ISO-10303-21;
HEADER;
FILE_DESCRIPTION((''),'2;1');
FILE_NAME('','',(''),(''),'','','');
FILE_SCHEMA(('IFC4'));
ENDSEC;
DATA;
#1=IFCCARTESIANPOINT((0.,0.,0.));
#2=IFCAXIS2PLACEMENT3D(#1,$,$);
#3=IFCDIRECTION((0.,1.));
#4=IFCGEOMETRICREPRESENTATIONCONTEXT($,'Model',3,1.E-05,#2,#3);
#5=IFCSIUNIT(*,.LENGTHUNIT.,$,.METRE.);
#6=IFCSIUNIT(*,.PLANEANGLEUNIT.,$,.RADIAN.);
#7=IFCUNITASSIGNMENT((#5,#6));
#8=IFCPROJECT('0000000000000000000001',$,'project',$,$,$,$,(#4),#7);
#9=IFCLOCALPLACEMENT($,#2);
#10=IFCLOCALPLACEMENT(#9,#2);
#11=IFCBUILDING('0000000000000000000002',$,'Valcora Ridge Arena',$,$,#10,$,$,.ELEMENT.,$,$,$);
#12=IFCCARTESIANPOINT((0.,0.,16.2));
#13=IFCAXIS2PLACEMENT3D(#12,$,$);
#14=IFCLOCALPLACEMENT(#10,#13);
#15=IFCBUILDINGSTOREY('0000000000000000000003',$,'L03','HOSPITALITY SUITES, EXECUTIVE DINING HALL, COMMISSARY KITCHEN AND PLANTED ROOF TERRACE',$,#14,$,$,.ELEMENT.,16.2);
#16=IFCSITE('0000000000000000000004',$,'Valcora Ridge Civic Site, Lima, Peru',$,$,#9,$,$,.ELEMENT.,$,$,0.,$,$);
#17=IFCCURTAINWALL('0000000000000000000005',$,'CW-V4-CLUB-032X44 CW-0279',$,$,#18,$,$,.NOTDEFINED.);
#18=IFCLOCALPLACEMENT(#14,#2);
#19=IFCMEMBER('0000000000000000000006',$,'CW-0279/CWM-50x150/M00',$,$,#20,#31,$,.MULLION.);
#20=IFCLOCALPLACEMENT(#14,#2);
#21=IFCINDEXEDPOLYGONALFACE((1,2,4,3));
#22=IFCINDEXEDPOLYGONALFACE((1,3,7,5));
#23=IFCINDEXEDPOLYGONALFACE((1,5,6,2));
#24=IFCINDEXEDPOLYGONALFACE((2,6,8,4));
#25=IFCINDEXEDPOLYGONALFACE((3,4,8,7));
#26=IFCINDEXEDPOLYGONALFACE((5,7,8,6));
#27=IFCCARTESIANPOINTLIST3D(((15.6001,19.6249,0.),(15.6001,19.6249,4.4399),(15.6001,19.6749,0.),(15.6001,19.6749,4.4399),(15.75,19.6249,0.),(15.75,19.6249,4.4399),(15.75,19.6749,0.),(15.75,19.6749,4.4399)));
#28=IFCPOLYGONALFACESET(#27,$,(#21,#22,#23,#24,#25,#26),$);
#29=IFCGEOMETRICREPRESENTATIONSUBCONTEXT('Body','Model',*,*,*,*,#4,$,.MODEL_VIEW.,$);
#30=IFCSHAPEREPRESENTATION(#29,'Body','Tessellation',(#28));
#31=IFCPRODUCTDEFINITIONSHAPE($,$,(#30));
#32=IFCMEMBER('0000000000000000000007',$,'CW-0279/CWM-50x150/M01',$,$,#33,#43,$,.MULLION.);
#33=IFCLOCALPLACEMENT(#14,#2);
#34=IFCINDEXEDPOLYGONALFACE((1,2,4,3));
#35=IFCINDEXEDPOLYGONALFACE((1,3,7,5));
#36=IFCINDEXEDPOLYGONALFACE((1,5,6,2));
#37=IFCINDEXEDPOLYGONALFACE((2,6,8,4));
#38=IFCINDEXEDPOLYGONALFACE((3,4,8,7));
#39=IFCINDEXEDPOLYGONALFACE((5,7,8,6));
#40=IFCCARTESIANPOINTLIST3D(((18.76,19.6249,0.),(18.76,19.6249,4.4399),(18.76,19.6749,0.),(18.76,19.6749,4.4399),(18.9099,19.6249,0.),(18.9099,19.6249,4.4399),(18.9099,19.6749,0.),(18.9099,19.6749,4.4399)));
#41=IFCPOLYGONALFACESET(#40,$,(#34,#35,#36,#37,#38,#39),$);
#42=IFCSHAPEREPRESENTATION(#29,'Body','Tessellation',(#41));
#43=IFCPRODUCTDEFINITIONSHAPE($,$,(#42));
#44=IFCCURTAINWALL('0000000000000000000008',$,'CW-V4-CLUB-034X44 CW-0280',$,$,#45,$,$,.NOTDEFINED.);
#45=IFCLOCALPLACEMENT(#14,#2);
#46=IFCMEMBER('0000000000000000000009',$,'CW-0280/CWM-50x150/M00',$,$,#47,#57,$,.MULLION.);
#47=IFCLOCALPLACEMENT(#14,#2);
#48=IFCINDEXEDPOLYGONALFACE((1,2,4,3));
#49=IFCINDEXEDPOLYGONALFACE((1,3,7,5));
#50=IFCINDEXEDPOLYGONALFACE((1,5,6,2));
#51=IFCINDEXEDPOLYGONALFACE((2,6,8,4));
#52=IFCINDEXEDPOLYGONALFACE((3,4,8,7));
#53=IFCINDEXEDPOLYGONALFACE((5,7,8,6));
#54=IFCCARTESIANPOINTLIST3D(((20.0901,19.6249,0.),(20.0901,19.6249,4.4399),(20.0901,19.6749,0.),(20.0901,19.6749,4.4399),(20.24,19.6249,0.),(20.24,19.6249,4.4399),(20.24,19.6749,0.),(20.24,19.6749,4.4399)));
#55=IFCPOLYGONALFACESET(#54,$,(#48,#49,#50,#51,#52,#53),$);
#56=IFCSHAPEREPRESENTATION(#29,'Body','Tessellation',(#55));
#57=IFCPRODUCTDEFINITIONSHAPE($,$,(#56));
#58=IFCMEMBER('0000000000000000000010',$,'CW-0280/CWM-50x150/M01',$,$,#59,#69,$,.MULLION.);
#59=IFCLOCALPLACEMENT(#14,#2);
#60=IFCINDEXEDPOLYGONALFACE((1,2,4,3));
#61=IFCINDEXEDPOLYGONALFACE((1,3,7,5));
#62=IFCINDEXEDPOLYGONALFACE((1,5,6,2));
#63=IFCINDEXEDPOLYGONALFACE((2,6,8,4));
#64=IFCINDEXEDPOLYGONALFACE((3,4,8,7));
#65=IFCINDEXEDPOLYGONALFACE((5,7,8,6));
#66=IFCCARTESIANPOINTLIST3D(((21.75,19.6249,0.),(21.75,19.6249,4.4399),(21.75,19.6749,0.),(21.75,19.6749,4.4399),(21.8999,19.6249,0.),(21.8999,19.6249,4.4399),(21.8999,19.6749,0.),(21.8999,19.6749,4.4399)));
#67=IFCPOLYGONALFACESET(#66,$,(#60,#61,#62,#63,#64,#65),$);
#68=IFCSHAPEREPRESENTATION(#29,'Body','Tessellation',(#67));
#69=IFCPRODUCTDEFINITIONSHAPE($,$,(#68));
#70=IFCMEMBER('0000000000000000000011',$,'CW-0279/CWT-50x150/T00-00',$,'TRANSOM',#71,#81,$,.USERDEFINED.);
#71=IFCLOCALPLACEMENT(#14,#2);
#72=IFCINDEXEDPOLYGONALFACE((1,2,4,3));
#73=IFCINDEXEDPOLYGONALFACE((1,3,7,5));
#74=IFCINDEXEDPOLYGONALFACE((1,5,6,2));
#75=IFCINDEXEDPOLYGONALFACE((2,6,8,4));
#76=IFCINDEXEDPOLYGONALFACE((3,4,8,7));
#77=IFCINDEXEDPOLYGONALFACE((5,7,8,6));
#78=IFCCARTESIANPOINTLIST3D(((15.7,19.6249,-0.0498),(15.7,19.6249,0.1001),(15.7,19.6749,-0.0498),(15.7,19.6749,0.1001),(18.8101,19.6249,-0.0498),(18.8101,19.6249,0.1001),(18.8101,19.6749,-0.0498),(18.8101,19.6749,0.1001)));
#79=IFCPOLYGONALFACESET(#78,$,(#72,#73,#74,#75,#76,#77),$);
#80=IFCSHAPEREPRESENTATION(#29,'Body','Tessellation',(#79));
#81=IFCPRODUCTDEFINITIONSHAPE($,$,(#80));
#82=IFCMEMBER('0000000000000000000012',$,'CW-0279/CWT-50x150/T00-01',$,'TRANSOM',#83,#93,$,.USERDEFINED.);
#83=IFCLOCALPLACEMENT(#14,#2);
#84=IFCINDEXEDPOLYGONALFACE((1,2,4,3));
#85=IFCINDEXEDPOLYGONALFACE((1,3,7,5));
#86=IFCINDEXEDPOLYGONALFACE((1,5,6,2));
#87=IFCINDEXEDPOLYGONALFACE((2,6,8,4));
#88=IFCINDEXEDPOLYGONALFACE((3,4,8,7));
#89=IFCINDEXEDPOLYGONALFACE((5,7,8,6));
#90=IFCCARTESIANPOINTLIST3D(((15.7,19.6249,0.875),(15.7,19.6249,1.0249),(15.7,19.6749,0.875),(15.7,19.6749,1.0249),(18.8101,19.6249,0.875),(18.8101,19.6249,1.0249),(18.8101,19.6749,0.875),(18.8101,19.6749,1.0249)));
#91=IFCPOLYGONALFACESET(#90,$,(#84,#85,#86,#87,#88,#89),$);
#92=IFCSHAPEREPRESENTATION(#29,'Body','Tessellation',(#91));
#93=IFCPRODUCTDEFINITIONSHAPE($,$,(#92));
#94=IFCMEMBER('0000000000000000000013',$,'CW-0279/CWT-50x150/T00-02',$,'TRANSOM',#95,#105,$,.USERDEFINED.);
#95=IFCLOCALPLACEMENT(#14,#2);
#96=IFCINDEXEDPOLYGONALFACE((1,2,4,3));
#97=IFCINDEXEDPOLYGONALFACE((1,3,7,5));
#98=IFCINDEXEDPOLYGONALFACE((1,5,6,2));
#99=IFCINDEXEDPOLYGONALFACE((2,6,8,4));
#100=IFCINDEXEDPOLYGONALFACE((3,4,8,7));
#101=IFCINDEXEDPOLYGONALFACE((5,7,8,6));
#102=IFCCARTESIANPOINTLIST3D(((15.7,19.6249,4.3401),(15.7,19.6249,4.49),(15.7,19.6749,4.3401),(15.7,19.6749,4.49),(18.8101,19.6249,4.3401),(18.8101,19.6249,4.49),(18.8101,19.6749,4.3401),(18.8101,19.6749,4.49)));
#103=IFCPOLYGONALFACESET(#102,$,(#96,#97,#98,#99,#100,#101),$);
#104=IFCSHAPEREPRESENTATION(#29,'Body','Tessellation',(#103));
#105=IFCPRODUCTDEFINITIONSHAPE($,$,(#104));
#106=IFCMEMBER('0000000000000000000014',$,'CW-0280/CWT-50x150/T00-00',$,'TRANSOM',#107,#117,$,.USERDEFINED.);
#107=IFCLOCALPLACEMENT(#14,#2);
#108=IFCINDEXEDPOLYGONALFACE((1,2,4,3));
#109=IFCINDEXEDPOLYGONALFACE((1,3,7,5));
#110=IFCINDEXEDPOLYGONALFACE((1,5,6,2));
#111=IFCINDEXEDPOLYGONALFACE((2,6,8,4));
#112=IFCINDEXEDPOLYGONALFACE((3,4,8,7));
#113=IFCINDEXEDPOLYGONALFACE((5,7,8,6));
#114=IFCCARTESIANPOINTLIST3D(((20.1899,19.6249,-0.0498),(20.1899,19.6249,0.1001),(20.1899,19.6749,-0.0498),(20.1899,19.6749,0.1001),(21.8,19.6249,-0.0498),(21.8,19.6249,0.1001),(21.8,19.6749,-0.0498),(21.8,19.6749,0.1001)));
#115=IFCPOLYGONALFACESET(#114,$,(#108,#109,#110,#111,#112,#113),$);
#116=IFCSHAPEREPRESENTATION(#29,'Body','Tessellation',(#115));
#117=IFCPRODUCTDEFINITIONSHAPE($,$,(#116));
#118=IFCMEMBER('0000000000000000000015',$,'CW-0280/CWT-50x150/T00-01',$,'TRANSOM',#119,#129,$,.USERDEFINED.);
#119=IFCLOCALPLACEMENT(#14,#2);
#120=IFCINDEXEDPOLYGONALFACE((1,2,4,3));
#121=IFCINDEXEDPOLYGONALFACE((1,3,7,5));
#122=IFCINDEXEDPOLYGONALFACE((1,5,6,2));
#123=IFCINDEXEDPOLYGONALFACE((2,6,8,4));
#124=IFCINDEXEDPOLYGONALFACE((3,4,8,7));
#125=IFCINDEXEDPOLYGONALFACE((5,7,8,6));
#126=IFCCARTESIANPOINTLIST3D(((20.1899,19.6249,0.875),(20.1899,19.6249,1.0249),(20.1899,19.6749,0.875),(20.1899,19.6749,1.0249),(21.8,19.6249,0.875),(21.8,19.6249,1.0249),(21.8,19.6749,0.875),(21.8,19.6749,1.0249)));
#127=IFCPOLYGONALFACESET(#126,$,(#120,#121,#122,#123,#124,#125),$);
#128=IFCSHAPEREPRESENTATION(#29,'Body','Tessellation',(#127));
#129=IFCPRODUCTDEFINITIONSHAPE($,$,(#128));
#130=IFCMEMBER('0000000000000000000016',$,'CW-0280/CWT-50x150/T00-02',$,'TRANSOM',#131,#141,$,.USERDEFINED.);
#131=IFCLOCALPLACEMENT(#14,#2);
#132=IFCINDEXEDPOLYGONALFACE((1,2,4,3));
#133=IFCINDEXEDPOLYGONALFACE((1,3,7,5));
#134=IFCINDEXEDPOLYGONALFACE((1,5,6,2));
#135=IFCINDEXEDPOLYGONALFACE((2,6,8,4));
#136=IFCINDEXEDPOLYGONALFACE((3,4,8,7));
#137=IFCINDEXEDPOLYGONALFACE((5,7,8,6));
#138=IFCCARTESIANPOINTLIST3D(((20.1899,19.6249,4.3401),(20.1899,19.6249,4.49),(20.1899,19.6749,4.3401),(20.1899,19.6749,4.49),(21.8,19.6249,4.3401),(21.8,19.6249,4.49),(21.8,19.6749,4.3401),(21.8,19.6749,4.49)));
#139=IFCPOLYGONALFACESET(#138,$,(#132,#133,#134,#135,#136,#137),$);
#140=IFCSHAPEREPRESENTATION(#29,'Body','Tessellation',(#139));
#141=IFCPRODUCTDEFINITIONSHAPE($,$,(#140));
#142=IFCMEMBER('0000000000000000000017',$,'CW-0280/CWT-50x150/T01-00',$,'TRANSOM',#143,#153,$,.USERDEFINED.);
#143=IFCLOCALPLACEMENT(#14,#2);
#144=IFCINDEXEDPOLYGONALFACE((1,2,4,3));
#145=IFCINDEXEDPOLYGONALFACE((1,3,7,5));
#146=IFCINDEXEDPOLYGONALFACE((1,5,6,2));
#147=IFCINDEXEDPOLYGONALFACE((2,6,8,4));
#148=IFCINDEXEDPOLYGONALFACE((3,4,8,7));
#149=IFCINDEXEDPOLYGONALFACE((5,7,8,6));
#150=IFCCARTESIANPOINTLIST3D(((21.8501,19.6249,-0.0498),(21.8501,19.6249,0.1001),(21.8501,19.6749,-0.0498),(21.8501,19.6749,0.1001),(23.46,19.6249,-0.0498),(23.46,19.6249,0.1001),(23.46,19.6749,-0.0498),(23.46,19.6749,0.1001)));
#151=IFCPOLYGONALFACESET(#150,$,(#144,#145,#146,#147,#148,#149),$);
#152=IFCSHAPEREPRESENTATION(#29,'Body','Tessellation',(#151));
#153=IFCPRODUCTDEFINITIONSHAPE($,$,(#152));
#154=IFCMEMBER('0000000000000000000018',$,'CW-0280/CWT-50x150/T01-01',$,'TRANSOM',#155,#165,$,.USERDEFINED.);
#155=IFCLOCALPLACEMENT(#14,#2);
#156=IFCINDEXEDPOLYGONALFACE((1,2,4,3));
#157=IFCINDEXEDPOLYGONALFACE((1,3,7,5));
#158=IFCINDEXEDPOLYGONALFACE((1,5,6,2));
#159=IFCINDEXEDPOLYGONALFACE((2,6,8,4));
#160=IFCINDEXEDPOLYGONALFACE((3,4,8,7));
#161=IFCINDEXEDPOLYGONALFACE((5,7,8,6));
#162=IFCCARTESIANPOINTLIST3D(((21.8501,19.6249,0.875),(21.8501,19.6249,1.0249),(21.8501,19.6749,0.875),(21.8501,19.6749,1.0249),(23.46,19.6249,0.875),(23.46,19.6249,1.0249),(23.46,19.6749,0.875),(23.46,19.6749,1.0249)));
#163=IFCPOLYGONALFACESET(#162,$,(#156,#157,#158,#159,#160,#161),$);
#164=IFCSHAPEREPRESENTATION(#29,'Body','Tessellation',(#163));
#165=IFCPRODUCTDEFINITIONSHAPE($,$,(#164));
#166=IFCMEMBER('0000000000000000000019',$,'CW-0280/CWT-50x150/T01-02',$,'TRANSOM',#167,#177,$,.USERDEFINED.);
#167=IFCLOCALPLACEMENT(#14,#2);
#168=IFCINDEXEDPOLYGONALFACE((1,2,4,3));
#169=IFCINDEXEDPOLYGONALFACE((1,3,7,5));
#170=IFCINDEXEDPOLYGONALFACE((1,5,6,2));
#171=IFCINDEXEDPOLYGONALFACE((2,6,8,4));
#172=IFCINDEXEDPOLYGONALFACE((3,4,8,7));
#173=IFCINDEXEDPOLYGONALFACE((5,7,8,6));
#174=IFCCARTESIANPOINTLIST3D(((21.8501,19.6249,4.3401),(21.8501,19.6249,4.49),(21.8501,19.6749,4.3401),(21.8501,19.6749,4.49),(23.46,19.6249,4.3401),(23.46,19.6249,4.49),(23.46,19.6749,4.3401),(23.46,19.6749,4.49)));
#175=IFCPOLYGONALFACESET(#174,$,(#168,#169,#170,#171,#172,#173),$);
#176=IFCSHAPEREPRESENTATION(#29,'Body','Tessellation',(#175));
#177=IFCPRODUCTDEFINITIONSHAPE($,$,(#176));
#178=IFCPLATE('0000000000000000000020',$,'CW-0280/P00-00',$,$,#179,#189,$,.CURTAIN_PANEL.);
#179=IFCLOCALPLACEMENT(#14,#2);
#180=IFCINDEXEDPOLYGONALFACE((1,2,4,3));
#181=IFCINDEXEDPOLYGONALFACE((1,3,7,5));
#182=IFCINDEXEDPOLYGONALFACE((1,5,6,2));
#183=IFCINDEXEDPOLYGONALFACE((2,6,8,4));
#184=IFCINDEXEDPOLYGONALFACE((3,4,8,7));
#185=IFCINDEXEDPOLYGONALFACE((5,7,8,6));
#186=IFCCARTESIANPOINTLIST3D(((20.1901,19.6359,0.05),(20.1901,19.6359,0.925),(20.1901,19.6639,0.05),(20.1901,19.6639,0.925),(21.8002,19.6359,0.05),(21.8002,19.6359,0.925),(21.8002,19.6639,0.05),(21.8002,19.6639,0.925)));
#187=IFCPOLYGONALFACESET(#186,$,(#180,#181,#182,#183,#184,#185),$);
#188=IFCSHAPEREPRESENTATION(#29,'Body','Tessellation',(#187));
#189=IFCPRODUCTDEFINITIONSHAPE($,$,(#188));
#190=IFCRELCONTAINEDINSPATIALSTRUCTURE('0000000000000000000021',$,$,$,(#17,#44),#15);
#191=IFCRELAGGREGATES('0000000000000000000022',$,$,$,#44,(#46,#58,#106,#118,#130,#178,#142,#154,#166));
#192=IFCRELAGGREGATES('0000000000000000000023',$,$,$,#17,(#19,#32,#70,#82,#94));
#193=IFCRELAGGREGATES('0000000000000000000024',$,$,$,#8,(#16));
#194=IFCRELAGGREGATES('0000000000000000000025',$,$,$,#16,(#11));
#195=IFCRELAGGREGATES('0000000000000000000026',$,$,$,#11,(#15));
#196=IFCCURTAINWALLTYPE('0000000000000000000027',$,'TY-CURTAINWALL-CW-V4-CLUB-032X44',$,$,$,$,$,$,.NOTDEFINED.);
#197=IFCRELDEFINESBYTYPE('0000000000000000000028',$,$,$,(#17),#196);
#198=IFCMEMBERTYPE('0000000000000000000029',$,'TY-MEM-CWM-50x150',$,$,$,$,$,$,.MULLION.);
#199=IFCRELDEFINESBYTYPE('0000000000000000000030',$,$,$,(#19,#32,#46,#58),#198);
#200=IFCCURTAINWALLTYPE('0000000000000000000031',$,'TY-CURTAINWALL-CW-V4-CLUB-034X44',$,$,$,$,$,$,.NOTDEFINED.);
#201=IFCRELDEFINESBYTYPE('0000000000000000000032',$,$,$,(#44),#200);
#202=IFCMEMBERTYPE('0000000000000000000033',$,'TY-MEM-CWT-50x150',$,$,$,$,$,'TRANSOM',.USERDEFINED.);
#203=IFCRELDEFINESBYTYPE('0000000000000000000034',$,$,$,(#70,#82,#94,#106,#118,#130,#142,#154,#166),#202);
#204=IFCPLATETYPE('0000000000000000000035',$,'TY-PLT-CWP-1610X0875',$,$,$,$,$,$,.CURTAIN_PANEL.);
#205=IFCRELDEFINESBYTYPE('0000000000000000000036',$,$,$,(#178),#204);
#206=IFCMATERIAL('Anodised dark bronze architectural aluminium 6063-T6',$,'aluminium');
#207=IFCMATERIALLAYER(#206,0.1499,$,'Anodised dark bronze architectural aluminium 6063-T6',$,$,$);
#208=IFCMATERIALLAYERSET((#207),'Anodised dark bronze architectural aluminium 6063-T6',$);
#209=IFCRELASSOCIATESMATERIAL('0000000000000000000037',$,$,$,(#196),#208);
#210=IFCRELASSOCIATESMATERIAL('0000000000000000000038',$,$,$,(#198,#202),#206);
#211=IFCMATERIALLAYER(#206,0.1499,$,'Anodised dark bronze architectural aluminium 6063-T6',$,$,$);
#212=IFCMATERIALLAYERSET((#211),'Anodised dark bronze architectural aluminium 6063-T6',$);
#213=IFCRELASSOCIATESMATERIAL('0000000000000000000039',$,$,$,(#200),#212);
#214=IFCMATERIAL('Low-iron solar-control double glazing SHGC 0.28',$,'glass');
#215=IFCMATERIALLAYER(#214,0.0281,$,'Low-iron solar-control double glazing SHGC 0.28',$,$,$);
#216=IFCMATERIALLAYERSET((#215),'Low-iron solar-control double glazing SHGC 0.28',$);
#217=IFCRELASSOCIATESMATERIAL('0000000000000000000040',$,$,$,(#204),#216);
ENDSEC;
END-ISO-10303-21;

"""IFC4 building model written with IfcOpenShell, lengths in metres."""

from ifc_helpers import new_model, si_unit, direction, frame, origin, origin_2d, place, context, subcontext, project, spatial, rectangle, extrude, material, layer, layer_set, material_profile, profile_set, type_object, element, aggregate, save


model = new_model("IFC4")

# Units and contexts
model_context = context("Model", 3, precision=1e-05, world=origin(), true_north=direction((0.0, 1.0)))
body_context = subcontext(model_context, "Body", "Model", "MODEL_VIEW")
ifc_project = project(units=[si_unit("LENGTHUNIT", "METRE"), si_unit("PLANEANGLEUNIT", "RADIAN")], contexts=[model_context])

# Site, building, storey
site_placement = place(None, origin())
site = spatial("IfcSite", under=ifc_project, at=site_placement, Name="Valcora Ridge Civic Site, Lima, Peru", CompositionType="ELEMENT", RefElevation=0.0)
building_placement = place(site_placement, origin())
building = spatial("IfcBuilding", under=site, at=building_placement, Name="Valcora Ridge Arena", CompositionType="ELEMENT")
storey_placement = place(building_placement, frame((0.0, 0.0, 16.2)))
storey = spatial("IfcBuildingStorey", under=building, at=storey_placement, Name="L03", Description="HOSPITALITY SUITES, EXECUTIVE DINING HALL, COMMISSARY KITCHEN AND PLANTED ROOF TERRACE", CompositionType="ELEMENT", Elevation=16.2)

# Curtain walls, members
ifc_material_1 = material(Name="Anodised dark bronze architectural aluminium 6063-T6", Category="aluminium")
ifc_layer_1 = layer(ifc_material_1, 0.1499, Name="Anodised dark bronze architectural aluminium 6063-T6")
ifc_layer_set_1 = layer_set([ifc_layer_1], Name="Anodised dark bronze architectural aluminium 6063-T6")
curtain_wall_type_1 = type_object("IfcCurtainWallType", Name="TY-CURTAINWALL-CW-V4-CLUB-032X44", PredefinedType="NOTDEFINED", material=ifc_layer_set_1)
curtain_wall_1_placement = place(storey_placement, origin())
curtain_wall_1 = element("IfcCurtainWall", 1, at=curtain_wall_1_placement, inside=storey, type_object=curtain_wall_type_1, Name="CW-V4-CLUB-032X44 CW-0279", PredefinedType="NOTDEFINED")
ifc_material_profile_1 = material_profile(ifc_material_1, rectangle(XDim=0.05, YDim=0.1499, at=origin_2d()), Name="ALU MULLION 50x150")
ifc_profile_set_1 = profile_set([ifc_material_profile_1], Name="Anodised dark bronze architectural aluminium 6063-T6")
member_type_1 = type_object("IfcMemberType", Name="TY-MEM-CWM-50x150", PredefinedType="MULLION", material=ifc_profile_set_1)
member_1_placement = place(storey_placement, frame((15.675, 19.6499, 0.0), z_axis=(0.0, 0.0, 1.0), x_axis=(0.0, 1.0, 0.0)))
member_1 = element("IfcMember", 2, at=member_1_placement, type_object=member_type_1, Name="CW-0279/CWM-50x150/M00", PredefinedType="MULLION", context=body_context, shape_type="SweptSolid", body=[
    extrude(rectangle(XDim=0.05, YDim=0.1499, at=origin_2d()), origin(), (0.0, 0.0, 1.0), 4.4399),
])
member_2_placement = place(storey_placement, frame((18.835, 19.6499, 0.0), z_axis=(0.0, 0.0, 1.0), x_axis=(0.0, 1.0, 0.0)))
member_2 = element("IfcMember", 3, at=member_2_placement, type_object=member_type_1, Name="CW-0279/CWM-50x150/M01", PredefinedType="MULLION", context=body_context, shape_type="SweptSolid", body=[
    extrude(rectangle(XDim=0.05, YDim=0.1499, at=origin_2d()), origin(), (0.0, 0.0, 1.0), 4.4399),
])
ifc_layer_2 = layer(ifc_material_1, 0.1499, Name="Anodised dark bronze architectural aluminium 6063-T6")
ifc_layer_set_2 = layer_set([ifc_layer_2], Name="Anodised dark bronze architectural aluminium 6063-T6")
curtain_wall_type_2 = type_object("IfcCurtainWallType", Name="TY-CURTAINWALL-CW-V4-CLUB-034X44", PredefinedType="NOTDEFINED", material=ifc_layer_set_2)
curtain_wall_2_placement = place(storey_placement, origin())
curtain_wall_2 = element("IfcCurtainWall", 4, at=curtain_wall_2_placement, inside=storey, type_object=curtain_wall_type_2, Name="CW-V4-CLUB-034X44 CW-0280", PredefinedType="NOTDEFINED")
member_3_placement = place(storey_placement, frame((20.165, 19.6499, 0.0), z_axis=(0.0, 0.0, 1.0), x_axis=(0.0, 1.0, 0.0)))
member_3 = element("IfcMember", 5, at=member_3_placement, type_object=member_type_1, Name="CW-0280/CWM-50x150/M00", PredefinedType="MULLION", context=body_context, shape_type="SweptSolid", body=[
    extrude(rectangle(XDim=0.05, YDim=0.1499, at=origin_2d()), origin(), (0.0, 0.0, 1.0), 4.4399),
])
member_4_placement = place(storey_placement, frame((21.825, 19.6499, 0.0), z_axis=(0.0, 0.0, 1.0), x_axis=(0.0, 1.0, 0.0)))
member_4 = element("IfcMember", 6, at=member_4_placement, type_object=member_type_1, Name="CW-0280/CWM-50x150/M01", PredefinedType="MULLION", context=body_context, shape_type="SweptSolid", body=[
    extrude(rectangle(XDim=0.05, YDim=0.1499, at=origin_2d()), origin(), (0.0, 0.0, 1.0), 4.4399),
])

# Members
ifc_material_profile_2 = material_profile(ifc_material_1, rectangle(XDim=0.05, YDim=0.1499, at=origin_2d()), Name="ALU TRANSOM 50x150")
ifc_profile_set_2 = profile_set([ifc_material_profile_2], Name="Anodised dark bronze architectural aluminium 6063-T6")
member_type_2 = type_object("IfcMemberType", Name="TY-MEM-CWT-50x150", ElementType="TRANSOM", PredefinedType="USERDEFINED", material=ifc_profile_set_2)
member_5_placement = place(storey_placement, frame((15.7, 19.6499, 0.0251), z_axis=(1.0, 0.0, 0.0), x_axis=(0.0, 1.0, 0.0)))
member_5 = element("IfcMember", 7, at=member_5_placement, type_object=member_type_2, Name="CW-0279/CWT-50x150/T00-00", ObjectType="TRANSOM", PredefinedType="USERDEFINED", context=body_context, shape_type="SweptSolid", body=[
    extrude(rectangle(XDim=0.05, YDim=0.1499, at=origin_2d()), origin(), (0.0, 0.0, 1.0), 3.1101),
])
member_6_placement = place(storey_placement, frame((15.7, 19.6499, 0.95), z_axis=(1.0, 0.0, 0.0), x_axis=(0.0, 1.0, 0.0)))
member_6 = element("IfcMember", 8, at=member_6_placement, type_object=member_type_2, Name="CW-0279/CWT-50x150/T00-01", ObjectType="TRANSOM", PredefinedType="USERDEFINED", context=body_context, shape_type="SweptSolid", body=[
    extrude(rectangle(XDim=0.05, YDim=0.1499, at=origin_2d()), origin(), (0.0, 0.0, 1.0), 3.1101),
])
member_7_placement = place(storey_placement, frame((15.7, 19.6499, 4.415), z_axis=(1.0, 0.0, 0.0), x_axis=(0.0, 1.0, 0.0)))
member_7 = element("IfcMember", 9, at=member_7_placement, type_object=member_type_2, Name="CW-0279/CWT-50x150/T00-02", ObjectType="TRANSOM", PredefinedType="USERDEFINED", context=body_context, shape_type="SweptSolid", body=[
    extrude(rectangle(XDim=0.05, YDim=0.1499, at=origin_2d()), origin(), (0.0, 0.0, 1.0), 3.1101),
])
member_8_placement = place(storey_placement, frame((20.1899, 19.6499, 0.0251), z_axis=(1.0, 0.0, 0.0), x_axis=(0.0, 1.0, 0.0)))
member_8 = element("IfcMember", 10, at=member_8_placement, type_object=member_type_2, Name="CW-0280/CWT-50x150/T00-00", ObjectType="TRANSOM", PredefinedType="USERDEFINED", context=body_context, shape_type="SweptSolid", body=[
    extrude(rectangle(XDim=0.05, YDim=0.1499, at=origin_2d()), origin(), (0.0, 0.0, 1.0), 1.6101),
])
member_9_placement = place(storey_placement, frame((20.1899, 19.6499, 0.95), z_axis=(1.0, 0.0, 0.0), x_axis=(0.0, 1.0, 0.0)))
member_9 = element("IfcMember", 11, at=member_9_placement, type_object=member_type_2, Name="CW-0280/CWT-50x150/T00-01", ObjectType="TRANSOM", PredefinedType="USERDEFINED", context=body_context, shape_type="SweptSolid", body=[
    extrude(rectangle(XDim=0.05, YDim=0.1499, at=origin_2d()), origin(), (0.0, 0.0, 1.0), 1.6101),
])
member_10_placement = place(storey_placement, frame((20.1899, 19.6499, 4.415), z_axis=(1.0, 0.0, 0.0), x_axis=(0.0, 1.0, 0.0)))
member_10 = element("IfcMember", 12, at=member_10_placement, type_object=member_type_2, Name="CW-0280/CWT-50x150/T00-02", ObjectType="TRANSOM", PredefinedType="USERDEFINED", context=body_context, shape_type="SweptSolid", body=[
    extrude(rectangle(XDim=0.05, YDim=0.1499, at=origin_2d()), origin(), (0.0, 0.0, 1.0), 1.6101),
])
member_11_placement = place(storey_placement, frame((21.8501, 19.6499, 0.0251), z_axis=(1.0, 0.0, 0.0), x_axis=(0.0, 1.0, 0.0)))
member_11 = element("IfcMember", 13, at=member_11_placement, type_object=member_type_2, Name="CW-0280/CWT-50x150/T01-00", ObjectType="TRANSOM", PredefinedType="USERDEFINED", context=body_context, shape_type="SweptSolid", body=[
    extrude(rectangle(XDim=0.05, YDim=0.1499, at=origin_2d()), origin(), (0.0, 0.0, 1.0), 1.6099),
])
member_12_placement = place(storey_placement, frame((21.8501, 19.6499, 0.95), z_axis=(1.0, 0.0, 0.0), x_axis=(0.0, 1.0, 0.0)))
member_12 = element("IfcMember", 14, at=member_12_placement, type_object=member_type_2, Name="CW-0280/CWT-50x150/T01-01", ObjectType="TRANSOM", PredefinedType="USERDEFINED", context=body_context, shape_type="SweptSolid", body=[
    extrude(rectangle(XDim=0.05, YDim=0.1499, at=origin_2d()), origin(), (0.0, 0.0, 1.0), 1.6099),
])
member_13_placement = place(storey_placement, frame((21.8501, 19.6499, 4.415), z_axis=(1.0, 0.0, 0.0), x_axis=(0.0, 1.0, 0.0)))
member_13 = element("IfcMember", 15, at=member_13_placement, type_object=member_type_2, Name="CW-0280/CWT-50x150/T01-02", ObjectType="TRANSOM", PredefinedType="USERDEFINED", context=body_context, shape_type="SweptSolid", body=[
    extrude(rectangle(XDim=0.05, YDim=0.1499, at=origin_2d()), origin(), (0.0, 0.0, 1.0), 1.6099),
])

# Plate
ifc_material_2 = material(Name="Low-iron solar-control double glazing SHGC 0.28", Category="glass")
ifc_layer_3 = layer(ifc_material_2, 0.0281, Name="Low-iron solar-control double glazing SHGC 0.28")
ifc_layer_set_3 = layer_set([ifc_layer_3], Name="Low-iron solar-control double glazing SHGC 0.28")
plate_type_1 = type_object("IfcPlateType", Name="TY-PLT-CWP-1610X0875", PredefinedType="CURTAIN_PANEL", material=ifc_layer_set_3)
plate_1_placement = place(storey_placement, frame((20.9951, 19.6499, 0.05), z_axis=(0.0, 0.0, 1.0), x_axis=(1.0, 0.0, 0.0)))
plate_1 = element("IfcPlate", 16, at=plate_1_placement, type_object=plate_type_1, Name="CW-0280/P00-00", PredefinedType="CURTAIN_PANEL", context=body_context, shape_type="SweptSolid", body=[
    extrude(rectangle(XDim=1.6101, YDim=0.0281, at=origin_2d()), origin(), (0.0, 0.0, 1.0), 0.875),
])
aggregate(curtain_wall_2, [member_3, member_4, member_8, member_9, member_10, plate_1, member_11, member_12, member_13])
aggregate(curtain_wall_1, [member_1, member_2, member_5, member_6, member_7])

save(model, "model.ifc")
